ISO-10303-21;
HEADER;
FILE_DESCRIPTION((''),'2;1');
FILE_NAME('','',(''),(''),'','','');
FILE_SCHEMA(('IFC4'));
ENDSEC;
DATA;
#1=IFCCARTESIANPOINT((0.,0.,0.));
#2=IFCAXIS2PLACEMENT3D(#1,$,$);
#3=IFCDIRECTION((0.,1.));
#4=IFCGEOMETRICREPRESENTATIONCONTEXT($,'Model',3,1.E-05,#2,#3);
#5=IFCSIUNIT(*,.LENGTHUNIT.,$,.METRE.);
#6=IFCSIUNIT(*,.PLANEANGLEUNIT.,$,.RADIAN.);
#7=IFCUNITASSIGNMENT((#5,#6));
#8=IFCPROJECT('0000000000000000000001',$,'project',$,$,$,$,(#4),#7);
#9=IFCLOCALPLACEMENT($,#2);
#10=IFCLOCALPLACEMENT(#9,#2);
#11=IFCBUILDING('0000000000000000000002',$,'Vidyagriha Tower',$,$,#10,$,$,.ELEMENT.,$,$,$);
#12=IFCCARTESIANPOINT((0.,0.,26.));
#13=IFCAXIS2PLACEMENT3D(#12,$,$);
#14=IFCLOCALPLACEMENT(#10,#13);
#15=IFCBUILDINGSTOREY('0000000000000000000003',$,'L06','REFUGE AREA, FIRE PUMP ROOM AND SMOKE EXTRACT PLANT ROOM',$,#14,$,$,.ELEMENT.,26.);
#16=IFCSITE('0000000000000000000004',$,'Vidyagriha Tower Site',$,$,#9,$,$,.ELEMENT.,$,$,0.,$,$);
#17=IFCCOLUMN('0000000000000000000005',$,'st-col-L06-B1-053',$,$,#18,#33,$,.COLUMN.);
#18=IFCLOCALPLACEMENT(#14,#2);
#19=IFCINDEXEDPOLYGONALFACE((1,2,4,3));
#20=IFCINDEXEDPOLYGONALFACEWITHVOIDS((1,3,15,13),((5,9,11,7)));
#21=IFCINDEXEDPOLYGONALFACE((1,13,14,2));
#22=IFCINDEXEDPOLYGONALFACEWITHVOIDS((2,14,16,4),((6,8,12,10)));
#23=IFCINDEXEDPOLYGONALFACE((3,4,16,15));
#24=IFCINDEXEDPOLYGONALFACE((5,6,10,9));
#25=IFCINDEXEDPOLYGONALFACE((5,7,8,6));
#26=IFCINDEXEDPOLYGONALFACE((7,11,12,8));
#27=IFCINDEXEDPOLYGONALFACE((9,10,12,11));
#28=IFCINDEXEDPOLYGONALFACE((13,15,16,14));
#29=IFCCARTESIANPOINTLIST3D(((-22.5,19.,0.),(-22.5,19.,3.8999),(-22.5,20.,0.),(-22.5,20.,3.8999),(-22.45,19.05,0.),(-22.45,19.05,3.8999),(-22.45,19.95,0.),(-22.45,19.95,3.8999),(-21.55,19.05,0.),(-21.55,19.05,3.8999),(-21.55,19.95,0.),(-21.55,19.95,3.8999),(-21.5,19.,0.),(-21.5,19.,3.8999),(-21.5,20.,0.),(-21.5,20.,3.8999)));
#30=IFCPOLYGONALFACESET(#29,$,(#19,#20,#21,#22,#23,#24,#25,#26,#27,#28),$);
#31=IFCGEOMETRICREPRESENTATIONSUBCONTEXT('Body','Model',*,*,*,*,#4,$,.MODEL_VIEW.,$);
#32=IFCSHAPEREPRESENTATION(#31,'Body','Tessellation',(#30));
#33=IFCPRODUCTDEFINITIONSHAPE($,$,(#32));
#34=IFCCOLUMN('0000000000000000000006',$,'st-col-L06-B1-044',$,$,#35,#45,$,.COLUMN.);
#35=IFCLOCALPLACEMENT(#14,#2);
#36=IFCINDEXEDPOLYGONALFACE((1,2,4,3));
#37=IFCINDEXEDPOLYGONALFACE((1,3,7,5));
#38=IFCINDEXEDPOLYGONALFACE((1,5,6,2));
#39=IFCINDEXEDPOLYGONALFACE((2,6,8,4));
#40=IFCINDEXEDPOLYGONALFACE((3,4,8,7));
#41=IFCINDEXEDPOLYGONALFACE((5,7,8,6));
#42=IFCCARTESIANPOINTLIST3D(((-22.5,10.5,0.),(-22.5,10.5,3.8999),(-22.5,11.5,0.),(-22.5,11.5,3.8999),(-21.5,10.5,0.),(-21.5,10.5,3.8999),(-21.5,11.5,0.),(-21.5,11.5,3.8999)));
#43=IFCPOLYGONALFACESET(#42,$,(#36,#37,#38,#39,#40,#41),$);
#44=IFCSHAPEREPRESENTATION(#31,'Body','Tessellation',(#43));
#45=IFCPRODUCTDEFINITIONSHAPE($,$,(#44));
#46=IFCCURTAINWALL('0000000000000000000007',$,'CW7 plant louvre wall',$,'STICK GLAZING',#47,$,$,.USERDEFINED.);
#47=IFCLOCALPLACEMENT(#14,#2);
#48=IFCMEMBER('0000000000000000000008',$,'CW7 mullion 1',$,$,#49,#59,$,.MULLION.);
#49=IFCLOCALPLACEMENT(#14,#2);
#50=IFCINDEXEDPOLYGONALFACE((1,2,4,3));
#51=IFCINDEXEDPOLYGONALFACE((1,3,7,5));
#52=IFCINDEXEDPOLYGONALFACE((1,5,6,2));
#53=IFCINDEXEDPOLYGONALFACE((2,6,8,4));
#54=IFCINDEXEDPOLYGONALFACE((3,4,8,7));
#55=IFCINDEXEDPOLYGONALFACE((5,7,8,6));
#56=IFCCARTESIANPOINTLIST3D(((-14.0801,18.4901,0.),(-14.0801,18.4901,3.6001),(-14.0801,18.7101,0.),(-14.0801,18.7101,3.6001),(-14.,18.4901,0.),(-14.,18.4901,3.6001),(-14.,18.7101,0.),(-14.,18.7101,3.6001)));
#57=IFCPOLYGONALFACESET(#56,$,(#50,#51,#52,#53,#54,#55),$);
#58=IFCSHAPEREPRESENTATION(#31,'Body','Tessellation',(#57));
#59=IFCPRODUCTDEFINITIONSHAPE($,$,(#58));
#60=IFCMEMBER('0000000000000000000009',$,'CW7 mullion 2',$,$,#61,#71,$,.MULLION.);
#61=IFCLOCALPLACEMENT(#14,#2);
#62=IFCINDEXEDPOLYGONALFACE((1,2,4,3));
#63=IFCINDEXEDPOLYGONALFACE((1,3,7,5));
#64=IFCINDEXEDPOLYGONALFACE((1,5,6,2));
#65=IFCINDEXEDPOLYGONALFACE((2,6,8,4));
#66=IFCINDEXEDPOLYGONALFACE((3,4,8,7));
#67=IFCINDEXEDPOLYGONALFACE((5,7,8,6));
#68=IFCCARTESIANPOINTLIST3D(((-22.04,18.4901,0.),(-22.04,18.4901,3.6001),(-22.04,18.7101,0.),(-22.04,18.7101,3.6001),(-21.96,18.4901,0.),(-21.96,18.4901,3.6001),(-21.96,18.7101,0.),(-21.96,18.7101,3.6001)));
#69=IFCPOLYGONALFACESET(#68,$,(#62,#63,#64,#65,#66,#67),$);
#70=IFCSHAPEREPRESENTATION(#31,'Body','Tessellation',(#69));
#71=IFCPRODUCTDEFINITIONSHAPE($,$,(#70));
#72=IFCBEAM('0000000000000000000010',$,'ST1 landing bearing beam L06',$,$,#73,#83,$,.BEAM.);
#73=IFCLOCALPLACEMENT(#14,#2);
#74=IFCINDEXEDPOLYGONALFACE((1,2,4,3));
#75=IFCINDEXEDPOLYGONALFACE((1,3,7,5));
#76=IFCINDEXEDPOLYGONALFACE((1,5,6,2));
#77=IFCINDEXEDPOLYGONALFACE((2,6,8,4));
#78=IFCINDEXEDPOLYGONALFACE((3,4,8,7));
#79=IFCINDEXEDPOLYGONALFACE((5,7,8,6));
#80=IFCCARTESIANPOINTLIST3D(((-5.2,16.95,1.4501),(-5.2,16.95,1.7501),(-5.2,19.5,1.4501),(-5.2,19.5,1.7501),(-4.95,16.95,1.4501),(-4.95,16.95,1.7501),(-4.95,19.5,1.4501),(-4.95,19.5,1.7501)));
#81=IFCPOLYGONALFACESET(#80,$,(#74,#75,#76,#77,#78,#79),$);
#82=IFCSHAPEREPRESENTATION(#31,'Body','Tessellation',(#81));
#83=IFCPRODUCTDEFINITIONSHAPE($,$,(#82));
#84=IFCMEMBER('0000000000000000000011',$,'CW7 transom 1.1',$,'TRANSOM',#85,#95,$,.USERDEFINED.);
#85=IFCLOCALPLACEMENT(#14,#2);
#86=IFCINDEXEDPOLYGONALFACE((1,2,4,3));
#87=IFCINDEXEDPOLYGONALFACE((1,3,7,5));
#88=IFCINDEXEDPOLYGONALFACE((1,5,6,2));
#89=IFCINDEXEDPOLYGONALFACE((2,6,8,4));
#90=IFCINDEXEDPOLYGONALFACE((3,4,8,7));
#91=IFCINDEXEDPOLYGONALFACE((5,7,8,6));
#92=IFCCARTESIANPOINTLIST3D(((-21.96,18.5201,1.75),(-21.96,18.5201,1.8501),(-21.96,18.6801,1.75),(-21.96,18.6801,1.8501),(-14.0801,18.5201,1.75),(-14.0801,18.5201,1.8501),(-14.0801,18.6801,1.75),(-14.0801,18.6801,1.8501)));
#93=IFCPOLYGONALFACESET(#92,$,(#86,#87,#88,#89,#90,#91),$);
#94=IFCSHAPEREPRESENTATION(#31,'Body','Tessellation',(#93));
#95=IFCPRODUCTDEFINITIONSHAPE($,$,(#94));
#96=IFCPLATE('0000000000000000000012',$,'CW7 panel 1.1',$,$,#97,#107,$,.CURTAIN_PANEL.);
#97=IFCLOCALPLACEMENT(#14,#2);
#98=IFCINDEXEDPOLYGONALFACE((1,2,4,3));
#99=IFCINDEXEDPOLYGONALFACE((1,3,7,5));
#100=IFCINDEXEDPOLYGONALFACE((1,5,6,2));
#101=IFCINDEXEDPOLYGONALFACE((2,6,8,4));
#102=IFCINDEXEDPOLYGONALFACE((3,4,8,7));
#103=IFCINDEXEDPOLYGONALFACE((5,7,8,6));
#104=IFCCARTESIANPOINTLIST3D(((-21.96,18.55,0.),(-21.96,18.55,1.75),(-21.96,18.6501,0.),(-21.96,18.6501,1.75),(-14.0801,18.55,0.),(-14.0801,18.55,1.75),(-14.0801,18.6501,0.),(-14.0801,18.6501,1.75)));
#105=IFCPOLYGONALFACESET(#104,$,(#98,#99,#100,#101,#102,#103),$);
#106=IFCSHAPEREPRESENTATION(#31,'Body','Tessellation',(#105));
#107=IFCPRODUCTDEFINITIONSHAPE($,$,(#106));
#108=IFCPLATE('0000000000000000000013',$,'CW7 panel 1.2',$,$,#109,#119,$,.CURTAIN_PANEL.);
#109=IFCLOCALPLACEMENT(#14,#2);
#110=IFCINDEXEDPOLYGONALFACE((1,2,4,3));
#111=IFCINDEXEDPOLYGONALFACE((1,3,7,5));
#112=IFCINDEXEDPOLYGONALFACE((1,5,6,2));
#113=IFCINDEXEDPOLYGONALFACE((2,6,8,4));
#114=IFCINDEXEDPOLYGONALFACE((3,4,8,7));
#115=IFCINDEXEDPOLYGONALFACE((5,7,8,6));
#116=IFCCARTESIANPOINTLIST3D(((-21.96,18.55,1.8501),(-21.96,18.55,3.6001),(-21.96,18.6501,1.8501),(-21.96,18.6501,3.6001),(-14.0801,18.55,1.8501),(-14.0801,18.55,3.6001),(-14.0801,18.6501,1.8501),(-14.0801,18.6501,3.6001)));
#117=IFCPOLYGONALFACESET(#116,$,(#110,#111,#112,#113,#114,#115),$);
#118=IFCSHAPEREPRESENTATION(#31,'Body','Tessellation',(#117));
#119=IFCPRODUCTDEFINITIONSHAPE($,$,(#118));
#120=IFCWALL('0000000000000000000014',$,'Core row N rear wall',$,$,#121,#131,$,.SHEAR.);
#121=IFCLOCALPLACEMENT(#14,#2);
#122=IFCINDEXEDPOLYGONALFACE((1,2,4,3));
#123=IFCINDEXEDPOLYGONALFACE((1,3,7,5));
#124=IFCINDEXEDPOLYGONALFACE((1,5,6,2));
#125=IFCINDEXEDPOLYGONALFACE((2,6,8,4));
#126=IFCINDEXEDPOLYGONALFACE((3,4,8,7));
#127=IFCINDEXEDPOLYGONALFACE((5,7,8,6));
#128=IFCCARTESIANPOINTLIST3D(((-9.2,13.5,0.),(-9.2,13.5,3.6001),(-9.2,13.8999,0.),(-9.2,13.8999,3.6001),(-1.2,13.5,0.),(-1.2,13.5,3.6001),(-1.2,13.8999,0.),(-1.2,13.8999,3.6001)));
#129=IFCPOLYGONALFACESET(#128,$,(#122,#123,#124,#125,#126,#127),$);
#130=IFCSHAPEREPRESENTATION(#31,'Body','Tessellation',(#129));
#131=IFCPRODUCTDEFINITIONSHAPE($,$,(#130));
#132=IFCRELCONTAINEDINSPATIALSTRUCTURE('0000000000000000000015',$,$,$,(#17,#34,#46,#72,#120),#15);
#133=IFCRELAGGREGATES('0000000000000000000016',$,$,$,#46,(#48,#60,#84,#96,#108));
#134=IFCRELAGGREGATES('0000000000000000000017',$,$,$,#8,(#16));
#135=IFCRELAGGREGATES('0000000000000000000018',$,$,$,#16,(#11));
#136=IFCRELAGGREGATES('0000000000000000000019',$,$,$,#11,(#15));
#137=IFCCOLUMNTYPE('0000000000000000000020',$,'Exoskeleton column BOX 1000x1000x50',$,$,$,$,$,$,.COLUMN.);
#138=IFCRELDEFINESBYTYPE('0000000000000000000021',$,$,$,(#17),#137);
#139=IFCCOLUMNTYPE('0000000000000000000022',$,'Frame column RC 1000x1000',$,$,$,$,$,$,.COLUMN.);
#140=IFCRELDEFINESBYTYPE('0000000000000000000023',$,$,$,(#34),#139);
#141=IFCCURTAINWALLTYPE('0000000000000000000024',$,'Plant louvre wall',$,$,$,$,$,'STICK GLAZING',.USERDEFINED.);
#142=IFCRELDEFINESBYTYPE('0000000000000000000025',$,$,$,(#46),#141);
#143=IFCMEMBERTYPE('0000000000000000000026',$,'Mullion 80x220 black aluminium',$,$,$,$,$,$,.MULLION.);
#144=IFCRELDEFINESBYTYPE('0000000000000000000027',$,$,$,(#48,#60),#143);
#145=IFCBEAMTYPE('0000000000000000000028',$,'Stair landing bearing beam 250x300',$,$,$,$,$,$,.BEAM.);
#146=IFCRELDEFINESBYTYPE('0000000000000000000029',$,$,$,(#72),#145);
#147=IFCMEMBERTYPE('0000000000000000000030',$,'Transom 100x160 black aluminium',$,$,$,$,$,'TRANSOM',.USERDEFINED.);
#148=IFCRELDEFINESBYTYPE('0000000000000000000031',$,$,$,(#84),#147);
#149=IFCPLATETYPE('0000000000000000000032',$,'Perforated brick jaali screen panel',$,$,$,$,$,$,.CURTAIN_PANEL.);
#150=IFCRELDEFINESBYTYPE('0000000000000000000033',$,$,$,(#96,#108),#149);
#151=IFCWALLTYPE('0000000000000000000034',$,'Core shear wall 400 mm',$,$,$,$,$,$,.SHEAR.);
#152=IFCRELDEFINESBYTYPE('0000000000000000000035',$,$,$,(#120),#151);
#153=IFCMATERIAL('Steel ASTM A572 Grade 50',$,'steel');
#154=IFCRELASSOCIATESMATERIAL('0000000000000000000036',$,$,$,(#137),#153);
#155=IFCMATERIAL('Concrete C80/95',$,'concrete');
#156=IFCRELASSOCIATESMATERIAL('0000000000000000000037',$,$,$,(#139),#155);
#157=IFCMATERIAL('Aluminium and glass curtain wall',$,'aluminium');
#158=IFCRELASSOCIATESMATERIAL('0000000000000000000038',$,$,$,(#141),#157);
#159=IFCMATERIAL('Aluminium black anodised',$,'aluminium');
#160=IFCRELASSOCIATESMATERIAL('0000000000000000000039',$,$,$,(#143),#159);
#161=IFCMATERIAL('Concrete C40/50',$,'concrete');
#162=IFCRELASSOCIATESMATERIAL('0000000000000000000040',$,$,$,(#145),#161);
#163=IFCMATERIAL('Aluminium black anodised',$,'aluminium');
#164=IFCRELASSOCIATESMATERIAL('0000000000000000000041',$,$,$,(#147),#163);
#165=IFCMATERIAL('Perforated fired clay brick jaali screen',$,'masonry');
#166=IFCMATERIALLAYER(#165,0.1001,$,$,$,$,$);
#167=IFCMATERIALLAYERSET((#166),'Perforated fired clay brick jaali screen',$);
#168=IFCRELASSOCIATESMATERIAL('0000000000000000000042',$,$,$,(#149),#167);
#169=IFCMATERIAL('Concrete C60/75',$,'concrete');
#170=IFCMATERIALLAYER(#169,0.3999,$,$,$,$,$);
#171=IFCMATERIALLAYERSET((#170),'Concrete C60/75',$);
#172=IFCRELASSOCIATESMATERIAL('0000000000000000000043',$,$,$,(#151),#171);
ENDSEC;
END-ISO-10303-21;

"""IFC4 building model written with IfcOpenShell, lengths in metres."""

from ifc_helpers import new_model, si_unit, direction, frame, frame_2d, origin, origin_2d, place, context, subcontext, project, spatial, rectangle, hollow_rectangle, extrude, material, layer, layer_set, material_profile, profile_set, type_object, element, aggregate, save


model = new_model("IFC4")

# Units and contexts
model_context = context("Model", 3, precision=1e-05, world=origin(), true_north=direction((0.0, 1.0)))
body_context = subcontext(model_context, "Body", "Model", "MODEL_VIEW")
ifc_project = project(units=[si_unit("LENGTHUNIT", "METRE"), si_unit("PLANEANGLEUNIT", "RADIAN")], contexts=[model_context])

# Site, building, storey
site_placement = place(None, origin())
site = spatial("IfcSite", under=ifc_project, at=site_placement, Name="Vidyagriha Tower Site", CompositionType="ELEMENT", RefElevation=0.0)
building_placement = place(site_placement, origin())
building = spatial("IfcBuilding", under=site, at=building_placement, Name="Vidyagriha Tower", CompositionType="ELEMENT")
storey_placement = place(building_placement, frame((0.0, 0.0, 26.0)))
storey = spatial("IfcBuildingStorey", under=building, at=storey_placement, Name="L06", Description="REFUGE AREA, FIRE PUMP ROOM AND SMOKE EXTRACT PLANT ROOM", CompositionType="ELEMENT", Elevation=26.0)

# Columns
ifc_material_1 = material(Name="Steel ASTM A572 Grade 50", Category="steel")
ifc_material_profile_1 = material_profile(ifc_material_1, hollow_rectangle(XDim=1.0, YDim=1.0, WallThickness=0.05, at=origin_2d()), Name="BOX 1000x1000x50")
ifc_profile_set_1 = profile_set([ifc_material_profile_1], Name="Steel ASTM A572 Grade 50")
column_type_1 = type_object("IfcColumnType", Name="Exoskeleton column BOX 1000x1000x50", PredefinedType="COLUMN", material=ifc_profile_set_1)
column_1_placement = place(storey_placement, frame((-22.0, 19.5, 0.0)))
element("IfcColumn", 1, at=column_1_placement, inside=storey, type_object=column_type_1, Name="st-col-L06-B1-053", PredefinedType="COLUMN", context=body_context, shape_type="SweptSolid", body=[
    extrude(hollow_rectangle(XDim=1.0, YDim=1.0, WallThickness=0.05, at=origin_2d()), origin(), (0.0, 0.0, 1.0), 3.8999),
])
ifc_material_2 = material(Name="Concrete C80/95", Category="concrete")
ifc_material_profile_2 = material_profile(ifc_material_2, rectangle(XDim=1.0, YDim=1.0, at=origin_2d()), Name="RC 1000x1000")
ifc_profile_set_2 = profile_set([ifc_material_profile_2], Name="Concrete C80/95")
column_type_2 = type_object("IfcColumnType", Name="Frame column RC 1000x1000", PredefinedType="COLUMN", material=ifc_profile_set_2)
column_2_placement = place(storey_placement, frame((-22.0, 11.0, 0.0)))
element("IfcColumn", 2, at=column_2_placement, inside=storey, type_object=column_type_2, Name="st-col-L06-B1-044", PredefinedType="COLUMN", context=body_context, shape_type="SweptSolid", body=[
    extrude(rectangle(XDim=1.0, YDim=1.0, at=origin_2d()), origin(), (0.0, 0.0, 1.0), 3.8999),
])

# Curtain wall, members
ifc_material_3 = material(Name="Aluminium and glass curtain wall", Category="aluminium")
curtain_wall_type = type_object("IfcCurtainWallType", Name="Plant louvre wall", ElementType="STICK GLAZING", PredefinedType="USERDEFINED", material=ifc_material_3)
curtain_wall_placement = place(storey_placement, origin())
curtain_wall = element("IfcCurtainWall", 3, at=curtain_wall_placement, inside=storey, type_object=curtain_wall_type, Name="CW7 plant louvre wall", ObjectType="STICK GLAZING", PredefinedType="USERDEFINED")
ifc_material_4 = material(Name="Aluminium black anodised", Category="aluminium")
ifc_material_profile_3 = material_profile(ifc_material_4, rectangle(XDim=0.22, YDim=0.0801, at=origin_2d()), Name="Mullion 80x220 black aluminium")
ifc_profile_set_3 = profile_set([ifc_material_profile_3], Name="Aluminium black anodised")
member_type_1 = type_object("IfcMemberType", Name="Mullion 80x220 black aluminium", PredefinedType="MULLION", material=ifc_profile_set_3)
member_1_placement = place(storey_placement, frame((-14.04, 18.6001, 0.0), z_axis=(0.0, 0.0, 1.0), x_axis=(0.0, -1.0, 0.0)))
member_1 = element("IfcMember", 4, at=member_1_placement, type_object=member_type_1, Name="CW7 mullion 1", PredefinedType="MULLION", context=body_context, shape_type="SweptSolid", body=[
    extrude(rectangle(XDim=0.22, YDim=0.0801, at=origin_2d()), origin(), (0.0, 0.0, 1.0), 3.6001),
])
member_2_placement = place(storey_placement, frame((-22.0, 18.6001, 0.0), z_axis=(0.0, 0.0, 1.0), x_axis=(0.0, -1.0, 0.0)))
member_2 = element("IfcMember", 5, at=member_2_placement, type_object=member_type_1, Name="CW7 mullion 2", PredefinedType="MULLION", context=body_context, shape_type="SweptSolid", body=[
    extrude(rectangle(XDim=0.22, YDim=0.0801, at=origin_2d()), origin(), (0.0, 0.0, 1.0), 3.6001),
])

# Beam
ifc_material_5 = material(Name="Concrete C40/50", Category="concrete")
ifc_material_profile_4 = material_profile(ifc_material_5, rectangle(XDim=0.25, YDim=0.3, at=origin_2d()), Name="Stair landing bearing beam 250x300")
ifc_profile_set_4 = profile_set([ifc_material_profile_4], Name="Concrete C40/50")
beam_type = type_object("IfcBeamType", Name="Stair landing bearing beam 250x300", PredefinedType="BEAM", material=ifc_profile_set_4)
beam_placement = place(storey_placement, frame((-5.075, 16.95, 1.6001), z_axis=(0.0, 1.0, 0.0), x_axis=(-1.0, 0.0, 0.0)))
element("IfcBeam", 6, at=beam_placement, inside=storey, type_object=beam_type, Name="ST1 landing bearing beam L06", PredefinedType="BEAM", context=body_context, shape_type="SweptSolid", body=[
    extrude(rectangle(XDim=0.25, YDim=0.3, at=origin_2d()), origin(), (0.0, 0.0, 1.0), 2.55),
])

# Member
ifc_material_6 = material(Name="Aluminium black anodised", Category="aluminium")
ifc_material_profile_5 = material_profile(ifc_material_6, rectangle(XDim=0.1599, YDim=0.1001, at=origin_2d()), Name="Transom 100x160 black aluminium")
ifc_profile_set_5 = profile_set([ifc_material_profile_5], Name="Aluminium black anodised")
member_type_2 = type_object("IfcMemberType", Name="Transom 100x160 black aluminium", ElementType="TRANSOM", PredefinedType="USERDEFINED", material=ifc_profile_set_5)
member_3_placement = place(storey_placement, frame((-14.0801, 18.6001, 1.8), z_axis=(-1.0, 0.0, 0.0), x_axis=(0.0, -1.0, 0.0)))
member_3 = element("IfcMember", 7, at=member_3_placement, type_object=member_type_2, Name="CW7 transom 1.1", ObjectType="TRANSOM", PredefinedType="USERDEFINED", context=body_context, shape_type="SweptSolid", body=[
    extrude(rectangle(XDim=0.1599, YDim=0.1001, at=origin_2d()), origin(), (0.0, 0.0, 1.0), 7.8799),
])

# Plates
ifc_material_7 = material(Name="Perforated fired clay brick jaali screen", Category="masonry")
ifc_layer_1 = layer(ifc_material_7, 0.1001)
ifc_layer_set_1 = layer_set([ifc_layer_1], Name="Perforated fired clay brick jaali screen")
plate_type = type_object("IfcPlateType", Name="Perforated brick jaali screen panel", PredefinedType="CURTAIN_PANEL", material=ifc_layer_set_1)
plate_1_placement = place(storey_placement, frame((-18.02, 18.6001, 0.0), z_axis=(0.0, 0.0, 1.0), x_axis=(-1.0, 0.0, 0.0)))
plate_1 = element("IfcPlate", 8, at=plate_1_placement, type_object=plate_type, Name="CW7 panel 1.1", PredefinedType="CURTAIN_PANEL", context=body_context, shape_type="SweptSolid", body=[
    extrude(rectangle(XDim=7.8799, YDim=0.1001, at=origin_2d()), origin(), (0.0, 0.0, 1.0), 1.75),
])
plate_2_placement = place(storey_placement, frame((-18.02, 18.6001, 1.8501), z_axis=(0.0, 0.0, 1.0), x_axis=(-1.0, 0.0, 0.0)))
plate_2 = element("IfcPlate", 9, at=plate_2_placement, type_object=plate_type, Name="CW7 panel 1.2", PredefinedType="CURTAIN_PANEL", context=body_context, shape_type="SweptSolid", body=[
    extrude(rectangle(XDim=7.8799, YDim=0.1001, at=origin_2d()), origin(), (0.0, 0.0, 1.0), 1.75),
])
aggregate(curtain_wall, [member_1, member_2, member_3, plate_1, plate_2])

# Wall
ifc_material_8 = material(Name="Concrete C60/75", Category="concrete")
ifc_layer_2 = layer(ifc_material_8, 0.3999)
ifc_layer_set_2 = layer_set([ifc_layer_2], Name="Concrete C60/75")
wall_type_1 = type_object("IfcWallType", Name="Core shear wall 400 mm", PredefinedType="SHEAR", material=ifc_layer_set_2)
wall_1_placement = place(storey_placement, frame((-9.2, 13.7, 0.0)))
element("IfcWall", 10, at=wall_1_placement, inside=storey, type_object=wall_type_1, Name="Core row N rear wall", PredefinedType="SHEAR", context=body_context, shape_type="SweptSolid", body=[
    extrude(rectangle(XDim=8.0, YDim=0.3999, at=frame_2d((4.0, 0.0))), origin(), (0.0, 0.0, 1.0), 3.6001),
])

save(model, "model.ifc")
